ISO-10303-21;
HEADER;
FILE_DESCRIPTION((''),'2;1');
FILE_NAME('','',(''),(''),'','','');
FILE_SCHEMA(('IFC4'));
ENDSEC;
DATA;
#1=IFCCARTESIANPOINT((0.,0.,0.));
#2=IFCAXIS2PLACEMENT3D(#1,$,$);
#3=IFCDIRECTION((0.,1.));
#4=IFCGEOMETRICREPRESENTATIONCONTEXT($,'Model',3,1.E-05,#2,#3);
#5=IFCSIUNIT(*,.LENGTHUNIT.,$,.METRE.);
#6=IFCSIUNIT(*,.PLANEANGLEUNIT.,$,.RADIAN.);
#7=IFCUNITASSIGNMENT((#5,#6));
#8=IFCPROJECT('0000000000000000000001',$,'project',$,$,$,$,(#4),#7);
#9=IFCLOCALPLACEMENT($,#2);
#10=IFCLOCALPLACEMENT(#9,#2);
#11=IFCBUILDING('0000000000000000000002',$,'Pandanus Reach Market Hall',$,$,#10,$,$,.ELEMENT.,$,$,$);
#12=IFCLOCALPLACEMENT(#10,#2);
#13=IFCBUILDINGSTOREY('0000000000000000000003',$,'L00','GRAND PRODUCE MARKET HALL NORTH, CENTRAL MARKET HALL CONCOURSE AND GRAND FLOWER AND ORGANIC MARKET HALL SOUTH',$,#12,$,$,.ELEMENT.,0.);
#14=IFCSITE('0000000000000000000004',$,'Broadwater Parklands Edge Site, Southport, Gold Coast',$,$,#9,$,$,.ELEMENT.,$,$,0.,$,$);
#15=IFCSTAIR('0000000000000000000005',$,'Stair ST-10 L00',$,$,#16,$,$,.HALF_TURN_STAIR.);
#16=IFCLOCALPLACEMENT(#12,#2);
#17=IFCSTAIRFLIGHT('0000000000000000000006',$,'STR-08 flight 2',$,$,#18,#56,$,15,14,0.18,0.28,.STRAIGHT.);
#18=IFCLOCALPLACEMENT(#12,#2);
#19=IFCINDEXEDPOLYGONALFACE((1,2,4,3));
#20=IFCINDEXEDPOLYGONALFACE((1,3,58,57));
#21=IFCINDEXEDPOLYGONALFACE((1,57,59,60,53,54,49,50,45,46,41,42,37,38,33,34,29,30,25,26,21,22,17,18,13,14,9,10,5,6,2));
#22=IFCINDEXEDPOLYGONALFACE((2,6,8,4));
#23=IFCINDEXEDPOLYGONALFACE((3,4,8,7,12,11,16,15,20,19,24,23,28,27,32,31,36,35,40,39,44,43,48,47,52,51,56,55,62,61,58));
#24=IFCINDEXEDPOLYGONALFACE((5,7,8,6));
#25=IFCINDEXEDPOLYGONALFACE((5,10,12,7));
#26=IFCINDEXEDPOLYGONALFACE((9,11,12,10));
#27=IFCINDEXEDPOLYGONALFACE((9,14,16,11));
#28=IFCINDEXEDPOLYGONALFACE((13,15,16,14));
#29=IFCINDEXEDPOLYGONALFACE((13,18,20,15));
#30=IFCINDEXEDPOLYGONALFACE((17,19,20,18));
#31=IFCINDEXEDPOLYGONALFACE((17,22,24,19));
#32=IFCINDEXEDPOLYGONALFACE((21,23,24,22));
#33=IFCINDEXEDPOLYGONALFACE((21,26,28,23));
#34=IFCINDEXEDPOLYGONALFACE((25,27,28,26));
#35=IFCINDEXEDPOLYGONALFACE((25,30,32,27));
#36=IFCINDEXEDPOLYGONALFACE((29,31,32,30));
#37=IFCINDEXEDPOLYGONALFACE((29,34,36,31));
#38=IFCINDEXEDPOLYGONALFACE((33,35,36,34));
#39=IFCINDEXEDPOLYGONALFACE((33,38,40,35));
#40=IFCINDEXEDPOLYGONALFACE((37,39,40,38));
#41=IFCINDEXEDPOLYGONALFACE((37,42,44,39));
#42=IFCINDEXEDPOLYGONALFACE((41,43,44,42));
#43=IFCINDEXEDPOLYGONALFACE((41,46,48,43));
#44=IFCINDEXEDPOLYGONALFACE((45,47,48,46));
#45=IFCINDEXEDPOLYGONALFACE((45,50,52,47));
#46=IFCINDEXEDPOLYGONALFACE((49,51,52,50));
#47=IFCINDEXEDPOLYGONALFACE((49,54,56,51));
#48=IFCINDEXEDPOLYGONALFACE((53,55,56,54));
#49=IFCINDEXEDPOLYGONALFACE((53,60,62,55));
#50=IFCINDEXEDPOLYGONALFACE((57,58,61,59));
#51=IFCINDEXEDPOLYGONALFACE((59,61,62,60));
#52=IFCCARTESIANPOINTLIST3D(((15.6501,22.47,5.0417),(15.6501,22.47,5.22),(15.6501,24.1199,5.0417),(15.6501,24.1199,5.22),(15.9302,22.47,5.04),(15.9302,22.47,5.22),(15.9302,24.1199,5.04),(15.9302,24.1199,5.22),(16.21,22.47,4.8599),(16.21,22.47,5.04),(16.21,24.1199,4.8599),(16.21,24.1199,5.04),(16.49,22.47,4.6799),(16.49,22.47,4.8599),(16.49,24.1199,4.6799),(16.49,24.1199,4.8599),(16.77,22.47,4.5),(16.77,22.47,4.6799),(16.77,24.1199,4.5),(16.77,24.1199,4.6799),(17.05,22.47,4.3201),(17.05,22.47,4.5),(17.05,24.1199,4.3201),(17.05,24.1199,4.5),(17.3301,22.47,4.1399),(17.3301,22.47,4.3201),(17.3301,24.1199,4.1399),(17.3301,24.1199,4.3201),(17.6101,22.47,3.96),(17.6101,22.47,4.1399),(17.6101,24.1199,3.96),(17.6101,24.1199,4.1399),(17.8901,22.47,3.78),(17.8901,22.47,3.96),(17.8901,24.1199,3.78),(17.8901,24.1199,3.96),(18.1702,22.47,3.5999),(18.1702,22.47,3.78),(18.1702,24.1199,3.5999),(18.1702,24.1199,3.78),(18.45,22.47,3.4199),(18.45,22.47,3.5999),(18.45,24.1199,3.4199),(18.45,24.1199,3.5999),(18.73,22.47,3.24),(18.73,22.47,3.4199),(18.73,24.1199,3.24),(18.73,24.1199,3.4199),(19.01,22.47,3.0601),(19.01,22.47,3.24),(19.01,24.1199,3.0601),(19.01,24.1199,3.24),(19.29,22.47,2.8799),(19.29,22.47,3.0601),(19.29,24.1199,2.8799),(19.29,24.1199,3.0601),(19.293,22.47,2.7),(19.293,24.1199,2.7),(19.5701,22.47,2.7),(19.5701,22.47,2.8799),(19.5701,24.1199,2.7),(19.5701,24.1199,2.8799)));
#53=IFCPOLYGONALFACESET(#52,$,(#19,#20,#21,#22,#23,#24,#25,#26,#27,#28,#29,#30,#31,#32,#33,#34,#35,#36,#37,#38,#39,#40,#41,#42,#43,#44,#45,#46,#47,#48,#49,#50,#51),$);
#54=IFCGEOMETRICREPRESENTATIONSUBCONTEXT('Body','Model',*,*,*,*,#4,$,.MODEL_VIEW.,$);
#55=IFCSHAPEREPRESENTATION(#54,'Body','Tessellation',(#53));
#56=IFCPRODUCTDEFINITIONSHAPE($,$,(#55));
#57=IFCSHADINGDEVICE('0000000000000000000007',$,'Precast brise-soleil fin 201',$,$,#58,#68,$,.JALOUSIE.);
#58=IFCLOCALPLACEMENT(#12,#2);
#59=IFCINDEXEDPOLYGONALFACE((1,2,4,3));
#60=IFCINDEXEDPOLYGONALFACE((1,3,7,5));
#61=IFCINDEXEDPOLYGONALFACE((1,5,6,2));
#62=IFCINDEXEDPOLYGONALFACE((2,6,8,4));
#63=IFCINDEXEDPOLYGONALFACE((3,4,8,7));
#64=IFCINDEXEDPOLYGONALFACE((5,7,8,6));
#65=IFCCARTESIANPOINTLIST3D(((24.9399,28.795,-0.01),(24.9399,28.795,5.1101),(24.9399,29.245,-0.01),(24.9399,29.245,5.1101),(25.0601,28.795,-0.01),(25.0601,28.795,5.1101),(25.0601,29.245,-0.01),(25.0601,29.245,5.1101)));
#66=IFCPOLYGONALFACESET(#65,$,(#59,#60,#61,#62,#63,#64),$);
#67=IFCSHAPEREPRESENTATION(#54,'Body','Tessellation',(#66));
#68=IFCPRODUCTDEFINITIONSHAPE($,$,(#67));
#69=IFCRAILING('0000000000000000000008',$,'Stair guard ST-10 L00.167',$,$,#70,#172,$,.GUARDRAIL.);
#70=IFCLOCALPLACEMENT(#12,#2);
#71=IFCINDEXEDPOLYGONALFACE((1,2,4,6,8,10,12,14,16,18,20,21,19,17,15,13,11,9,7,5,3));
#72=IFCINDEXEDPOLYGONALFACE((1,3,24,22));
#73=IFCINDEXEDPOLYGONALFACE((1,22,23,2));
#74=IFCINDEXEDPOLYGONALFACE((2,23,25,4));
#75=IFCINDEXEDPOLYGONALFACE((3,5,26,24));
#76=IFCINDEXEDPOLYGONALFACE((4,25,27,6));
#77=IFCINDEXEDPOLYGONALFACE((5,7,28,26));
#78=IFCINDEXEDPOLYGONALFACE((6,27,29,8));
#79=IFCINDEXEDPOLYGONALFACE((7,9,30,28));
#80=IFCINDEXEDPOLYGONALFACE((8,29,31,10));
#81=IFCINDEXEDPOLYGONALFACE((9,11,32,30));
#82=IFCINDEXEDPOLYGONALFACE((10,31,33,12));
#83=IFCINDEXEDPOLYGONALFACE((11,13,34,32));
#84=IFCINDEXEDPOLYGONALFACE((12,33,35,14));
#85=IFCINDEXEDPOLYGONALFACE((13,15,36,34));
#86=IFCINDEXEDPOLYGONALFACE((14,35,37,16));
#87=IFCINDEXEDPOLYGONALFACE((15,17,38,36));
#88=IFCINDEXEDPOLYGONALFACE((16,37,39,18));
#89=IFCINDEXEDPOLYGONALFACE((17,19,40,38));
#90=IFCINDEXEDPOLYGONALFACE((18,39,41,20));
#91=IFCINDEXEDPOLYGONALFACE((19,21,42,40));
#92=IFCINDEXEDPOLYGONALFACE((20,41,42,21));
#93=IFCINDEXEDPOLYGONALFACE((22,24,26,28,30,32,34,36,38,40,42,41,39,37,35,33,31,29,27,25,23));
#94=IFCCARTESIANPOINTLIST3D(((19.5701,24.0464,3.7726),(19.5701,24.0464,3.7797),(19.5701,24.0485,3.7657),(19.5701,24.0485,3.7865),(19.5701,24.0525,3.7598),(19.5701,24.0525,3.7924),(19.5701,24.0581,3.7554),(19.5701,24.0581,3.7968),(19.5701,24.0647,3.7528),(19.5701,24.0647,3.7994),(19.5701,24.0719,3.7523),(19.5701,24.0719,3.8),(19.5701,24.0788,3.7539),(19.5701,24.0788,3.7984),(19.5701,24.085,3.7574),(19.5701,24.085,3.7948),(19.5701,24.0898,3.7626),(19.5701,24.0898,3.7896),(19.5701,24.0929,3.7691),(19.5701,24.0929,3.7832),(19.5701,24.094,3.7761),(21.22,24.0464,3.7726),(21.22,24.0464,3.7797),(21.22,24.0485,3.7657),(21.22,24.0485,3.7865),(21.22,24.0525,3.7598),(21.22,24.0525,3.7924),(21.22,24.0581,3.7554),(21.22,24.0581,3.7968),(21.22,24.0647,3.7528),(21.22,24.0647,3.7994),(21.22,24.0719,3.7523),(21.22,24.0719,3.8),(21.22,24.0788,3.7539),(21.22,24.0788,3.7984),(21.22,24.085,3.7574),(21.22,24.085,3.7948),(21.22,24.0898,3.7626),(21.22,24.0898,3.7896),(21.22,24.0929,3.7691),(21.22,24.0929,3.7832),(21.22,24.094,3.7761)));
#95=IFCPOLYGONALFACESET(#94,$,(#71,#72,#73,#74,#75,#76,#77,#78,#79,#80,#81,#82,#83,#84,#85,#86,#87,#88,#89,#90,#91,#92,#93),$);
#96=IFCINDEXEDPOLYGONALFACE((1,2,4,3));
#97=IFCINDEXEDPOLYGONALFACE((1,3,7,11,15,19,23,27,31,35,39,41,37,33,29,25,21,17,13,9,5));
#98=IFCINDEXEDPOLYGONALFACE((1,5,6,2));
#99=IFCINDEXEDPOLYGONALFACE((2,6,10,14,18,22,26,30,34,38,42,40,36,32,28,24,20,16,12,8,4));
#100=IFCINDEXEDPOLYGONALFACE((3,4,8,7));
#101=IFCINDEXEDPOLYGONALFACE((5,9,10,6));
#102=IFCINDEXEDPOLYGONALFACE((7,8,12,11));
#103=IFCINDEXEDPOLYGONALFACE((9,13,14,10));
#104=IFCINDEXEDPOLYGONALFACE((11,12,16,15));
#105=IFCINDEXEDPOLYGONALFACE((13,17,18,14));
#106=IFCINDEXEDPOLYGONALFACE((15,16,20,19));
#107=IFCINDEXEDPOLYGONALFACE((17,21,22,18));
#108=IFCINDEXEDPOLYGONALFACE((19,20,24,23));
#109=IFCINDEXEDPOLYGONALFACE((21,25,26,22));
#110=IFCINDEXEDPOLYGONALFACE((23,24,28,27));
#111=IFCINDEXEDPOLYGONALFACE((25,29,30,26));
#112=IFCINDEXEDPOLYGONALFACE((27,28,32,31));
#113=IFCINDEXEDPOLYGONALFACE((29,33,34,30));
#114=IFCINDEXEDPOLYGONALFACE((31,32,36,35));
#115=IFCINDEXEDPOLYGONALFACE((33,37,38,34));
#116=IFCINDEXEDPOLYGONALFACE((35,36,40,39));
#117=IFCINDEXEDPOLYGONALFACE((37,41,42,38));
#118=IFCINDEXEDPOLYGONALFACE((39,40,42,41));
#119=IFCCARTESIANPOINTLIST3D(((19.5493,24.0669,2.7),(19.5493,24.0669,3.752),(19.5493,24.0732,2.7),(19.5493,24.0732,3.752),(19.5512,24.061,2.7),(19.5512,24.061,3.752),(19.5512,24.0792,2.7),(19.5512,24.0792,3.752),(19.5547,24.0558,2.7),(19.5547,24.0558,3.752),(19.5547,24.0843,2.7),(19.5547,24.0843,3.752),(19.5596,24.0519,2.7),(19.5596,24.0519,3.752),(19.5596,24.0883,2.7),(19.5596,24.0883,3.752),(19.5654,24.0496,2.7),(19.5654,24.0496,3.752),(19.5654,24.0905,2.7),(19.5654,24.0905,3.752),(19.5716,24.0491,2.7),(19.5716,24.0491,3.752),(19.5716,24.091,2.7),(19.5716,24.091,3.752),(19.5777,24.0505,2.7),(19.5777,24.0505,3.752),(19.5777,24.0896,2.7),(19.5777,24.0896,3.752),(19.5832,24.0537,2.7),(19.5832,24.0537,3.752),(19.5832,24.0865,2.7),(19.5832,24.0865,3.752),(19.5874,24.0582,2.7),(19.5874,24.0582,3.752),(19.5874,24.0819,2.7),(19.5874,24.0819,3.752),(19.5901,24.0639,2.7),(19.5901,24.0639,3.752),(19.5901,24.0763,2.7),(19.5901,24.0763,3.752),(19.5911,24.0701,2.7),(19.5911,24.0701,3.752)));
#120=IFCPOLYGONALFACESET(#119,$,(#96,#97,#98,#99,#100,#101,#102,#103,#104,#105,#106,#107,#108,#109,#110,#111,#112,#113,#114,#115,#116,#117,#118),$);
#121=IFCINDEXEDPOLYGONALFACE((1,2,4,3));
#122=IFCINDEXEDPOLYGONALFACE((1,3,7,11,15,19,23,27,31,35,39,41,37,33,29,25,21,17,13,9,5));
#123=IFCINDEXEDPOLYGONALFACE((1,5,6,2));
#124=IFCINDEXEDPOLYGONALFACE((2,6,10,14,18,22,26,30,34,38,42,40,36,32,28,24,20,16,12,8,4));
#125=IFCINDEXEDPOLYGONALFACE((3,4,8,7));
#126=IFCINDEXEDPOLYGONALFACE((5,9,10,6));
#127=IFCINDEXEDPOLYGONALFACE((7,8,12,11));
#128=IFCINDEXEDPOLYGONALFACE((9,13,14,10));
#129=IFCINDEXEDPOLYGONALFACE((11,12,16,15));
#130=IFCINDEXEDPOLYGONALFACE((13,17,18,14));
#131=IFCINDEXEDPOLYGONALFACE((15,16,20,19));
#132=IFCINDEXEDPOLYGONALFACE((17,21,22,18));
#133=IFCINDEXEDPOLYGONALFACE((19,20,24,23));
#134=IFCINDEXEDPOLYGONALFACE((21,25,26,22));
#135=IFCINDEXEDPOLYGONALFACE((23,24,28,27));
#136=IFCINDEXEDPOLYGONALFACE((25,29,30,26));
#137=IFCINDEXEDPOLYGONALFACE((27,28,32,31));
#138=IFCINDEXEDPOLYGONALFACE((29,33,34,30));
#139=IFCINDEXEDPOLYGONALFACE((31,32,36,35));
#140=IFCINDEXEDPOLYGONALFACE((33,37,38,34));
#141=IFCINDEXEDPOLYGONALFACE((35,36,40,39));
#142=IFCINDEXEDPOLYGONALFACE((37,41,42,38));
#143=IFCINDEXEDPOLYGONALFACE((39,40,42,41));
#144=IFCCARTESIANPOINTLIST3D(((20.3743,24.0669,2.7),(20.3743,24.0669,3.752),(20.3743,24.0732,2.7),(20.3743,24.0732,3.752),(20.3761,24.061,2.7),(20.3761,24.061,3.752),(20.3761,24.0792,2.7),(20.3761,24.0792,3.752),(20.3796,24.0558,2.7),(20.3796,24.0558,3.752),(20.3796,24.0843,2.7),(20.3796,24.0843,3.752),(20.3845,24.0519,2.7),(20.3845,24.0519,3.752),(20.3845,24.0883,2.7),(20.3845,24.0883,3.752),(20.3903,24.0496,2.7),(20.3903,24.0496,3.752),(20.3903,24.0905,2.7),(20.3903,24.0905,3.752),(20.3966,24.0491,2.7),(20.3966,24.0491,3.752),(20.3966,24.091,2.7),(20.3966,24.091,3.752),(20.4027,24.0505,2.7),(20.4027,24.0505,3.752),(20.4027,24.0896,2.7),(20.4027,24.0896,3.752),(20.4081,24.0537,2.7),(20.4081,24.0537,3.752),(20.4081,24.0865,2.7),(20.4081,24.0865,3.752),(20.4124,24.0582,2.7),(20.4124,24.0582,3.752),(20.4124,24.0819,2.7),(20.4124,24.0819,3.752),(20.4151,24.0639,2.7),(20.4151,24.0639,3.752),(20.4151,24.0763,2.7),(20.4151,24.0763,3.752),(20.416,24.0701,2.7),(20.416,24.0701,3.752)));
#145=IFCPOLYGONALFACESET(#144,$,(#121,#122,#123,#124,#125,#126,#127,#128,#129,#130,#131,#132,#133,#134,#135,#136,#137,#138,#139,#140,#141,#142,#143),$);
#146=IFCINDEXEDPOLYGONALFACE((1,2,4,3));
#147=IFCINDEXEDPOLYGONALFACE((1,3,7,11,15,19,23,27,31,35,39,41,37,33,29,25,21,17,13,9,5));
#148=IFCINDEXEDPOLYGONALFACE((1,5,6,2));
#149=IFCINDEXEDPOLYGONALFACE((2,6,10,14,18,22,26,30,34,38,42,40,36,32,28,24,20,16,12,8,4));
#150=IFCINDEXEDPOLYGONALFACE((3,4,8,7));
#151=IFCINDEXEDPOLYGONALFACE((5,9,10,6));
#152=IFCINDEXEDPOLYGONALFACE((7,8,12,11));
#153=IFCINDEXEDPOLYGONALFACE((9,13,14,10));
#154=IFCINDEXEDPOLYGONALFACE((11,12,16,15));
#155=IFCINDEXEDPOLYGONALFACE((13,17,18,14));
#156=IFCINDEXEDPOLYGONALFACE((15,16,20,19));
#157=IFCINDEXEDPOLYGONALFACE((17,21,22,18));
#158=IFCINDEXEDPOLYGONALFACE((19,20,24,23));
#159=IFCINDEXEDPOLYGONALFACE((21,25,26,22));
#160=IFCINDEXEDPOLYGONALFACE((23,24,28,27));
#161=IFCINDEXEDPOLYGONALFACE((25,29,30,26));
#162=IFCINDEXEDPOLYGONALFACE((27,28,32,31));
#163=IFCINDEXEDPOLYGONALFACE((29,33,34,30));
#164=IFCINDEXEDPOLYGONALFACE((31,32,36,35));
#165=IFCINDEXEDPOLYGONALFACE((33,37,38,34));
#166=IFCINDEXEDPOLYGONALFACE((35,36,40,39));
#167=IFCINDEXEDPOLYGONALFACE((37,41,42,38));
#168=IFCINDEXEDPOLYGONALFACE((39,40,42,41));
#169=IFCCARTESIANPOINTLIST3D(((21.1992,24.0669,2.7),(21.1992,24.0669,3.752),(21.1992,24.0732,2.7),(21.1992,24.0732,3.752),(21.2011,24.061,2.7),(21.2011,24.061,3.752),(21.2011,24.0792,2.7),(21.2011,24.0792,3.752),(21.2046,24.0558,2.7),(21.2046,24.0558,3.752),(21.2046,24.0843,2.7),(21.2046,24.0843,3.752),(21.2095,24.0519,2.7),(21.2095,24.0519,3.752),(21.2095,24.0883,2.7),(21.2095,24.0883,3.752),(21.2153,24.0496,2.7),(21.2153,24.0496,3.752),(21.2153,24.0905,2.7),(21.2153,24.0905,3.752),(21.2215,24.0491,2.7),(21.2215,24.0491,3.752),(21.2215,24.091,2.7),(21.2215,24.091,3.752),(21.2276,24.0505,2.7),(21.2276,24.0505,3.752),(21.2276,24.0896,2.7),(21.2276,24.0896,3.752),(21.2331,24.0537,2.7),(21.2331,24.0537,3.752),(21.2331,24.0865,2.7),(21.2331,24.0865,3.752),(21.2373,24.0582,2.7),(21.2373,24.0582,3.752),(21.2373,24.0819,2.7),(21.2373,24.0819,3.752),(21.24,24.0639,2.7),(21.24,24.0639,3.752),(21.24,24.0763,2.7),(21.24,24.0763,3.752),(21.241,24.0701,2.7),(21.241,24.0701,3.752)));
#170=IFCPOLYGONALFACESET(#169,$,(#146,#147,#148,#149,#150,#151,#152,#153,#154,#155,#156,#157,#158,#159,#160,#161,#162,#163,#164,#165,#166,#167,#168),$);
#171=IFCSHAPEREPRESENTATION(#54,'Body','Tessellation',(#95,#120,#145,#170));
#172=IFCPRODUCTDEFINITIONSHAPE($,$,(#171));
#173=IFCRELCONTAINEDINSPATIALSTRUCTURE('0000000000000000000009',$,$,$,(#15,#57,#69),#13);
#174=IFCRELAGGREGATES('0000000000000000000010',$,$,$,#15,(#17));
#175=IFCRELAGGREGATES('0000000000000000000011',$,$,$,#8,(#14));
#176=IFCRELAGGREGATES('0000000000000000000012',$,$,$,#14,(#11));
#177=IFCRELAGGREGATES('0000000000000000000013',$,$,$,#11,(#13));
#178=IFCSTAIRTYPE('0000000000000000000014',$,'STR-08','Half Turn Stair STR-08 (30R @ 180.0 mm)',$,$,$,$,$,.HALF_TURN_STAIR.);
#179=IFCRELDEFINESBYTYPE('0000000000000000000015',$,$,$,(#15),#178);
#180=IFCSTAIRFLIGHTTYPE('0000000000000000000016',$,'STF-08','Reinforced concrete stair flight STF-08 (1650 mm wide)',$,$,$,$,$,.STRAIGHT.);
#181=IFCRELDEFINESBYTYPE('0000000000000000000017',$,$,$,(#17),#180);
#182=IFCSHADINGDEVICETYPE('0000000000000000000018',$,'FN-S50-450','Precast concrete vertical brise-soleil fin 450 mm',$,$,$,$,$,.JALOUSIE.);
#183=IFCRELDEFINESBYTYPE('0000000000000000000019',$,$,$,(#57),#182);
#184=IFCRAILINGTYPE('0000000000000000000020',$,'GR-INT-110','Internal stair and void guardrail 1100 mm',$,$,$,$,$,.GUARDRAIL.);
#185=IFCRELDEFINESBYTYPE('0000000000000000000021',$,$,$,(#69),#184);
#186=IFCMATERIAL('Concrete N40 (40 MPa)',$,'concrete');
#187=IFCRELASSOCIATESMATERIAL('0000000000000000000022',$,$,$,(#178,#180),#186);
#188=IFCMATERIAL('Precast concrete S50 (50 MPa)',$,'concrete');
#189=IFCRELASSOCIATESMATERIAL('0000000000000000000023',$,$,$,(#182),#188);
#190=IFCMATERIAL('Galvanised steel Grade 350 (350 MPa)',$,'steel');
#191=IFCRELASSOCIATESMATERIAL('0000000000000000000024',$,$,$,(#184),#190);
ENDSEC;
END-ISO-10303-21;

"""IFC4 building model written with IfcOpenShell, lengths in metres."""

from ifc_helpers import new_model, si_unit, direction, frame, origin, origin_2d, place, context, subcontext, project, spatial, polyline, rectangle, circle, outline, extrude, material, type_object, element, aggregate, save


model = new_model("IFC4")

# Units and contexts
model_context = context("Model", 3, precision=1e-05, world=origin(), true_north=direction((0.0, 1.0)))
body_context = subcontext(model_context, "Body", "Model", "MODEL_VIEW")
ifc_project = project(units=[si_unit("LENGTHUNIT", "METRE"), si_unit("PLANEANGLEUNIT", "RADIAN")], contexts=[model_context])

# Site, building, storey
site_placement = place(None, origin())
site = spatial("IfcSite", under=ifc_project, at=site_placement, Name="Broadwater Parklands Edge Site, Southport, Gold Coast", CompositionType="ELEMENT", RefElevation=0.0)
building_placement = place(site_placement, origin())
building = spatial("IfcBuilding", under=site, at=building_placement, Name="Pandanus Reach Market Hall", CompositionType="ELEMENT")
storey_placement = place(building_placement, origin())
storey = spatial("IfcBuildingStorey", under=building, at=storey_placement, Name="L00", Description="GRAND PRODUCE MARKET HALL NORTH, CENTRAL MARKET HALL CONCOURSE AND GRAND FLOWER AND ORGANIC MARKET HALL SOUTH", CompositionType="ELEMENT", Elevation=0.0)

# Shared definitions
ifc_material_1 = material(Name="Concrete N40 (40 MPa)", Category="concrete")

# Shared definitions
ifc_material_2 = material(Name="Precast concrete S50 (50 MPa)", Category="concrete")

# Stair, stair flight
stair_type = type_object("IfcStairType", Name="STR-08", Description="Half Turn Stair STR-08 (30R @ 180.0 mm)", PredefinedType="HALF_TURN_STAIR", material=ifc_material_1)
stair_placement = place(storey_placement, origin())
stair = element("IfcStair", 1, at=stair_placement, inside=storey, type_object=stair_type, Name="Stair ST-10 L00", PredefinedType="HALF_TURN_STAIR")
stair_flight_type = type_object("IfcStairFlightType", Name="STF-08", Description="Reinforced concrete stair flight STF-08 (1650 mm wide)", PredefinedType="STRAIGHT", material=ifc_material_1)
stair_flight_placement = place(storey_placement, frame((19.5701, 23.2949, 2.7), z_axis=(0.0, 0.0, 1.0), x_axis=(-1.0, 0.0, 0.0)))
stair_flight = element("IfcStairFlight", 2, at=stair_flight_placement, type_object=stair_flight_type, Name="STR-08 flight 2", NumberOfRisers=15, NumberOfTreads=14, PredefinedType="STRAIGHT", RiserHeight=0.18, TreadLength=0.28, context=body_context, shape_type="SweptSolid", body=[
    extrude(outline(polyline([(0.0, 0.0), (0.0, 0.1799), (0.28, 0.1799), (0.28, 0.3601), (0.5601, 0.3601), (0.5601, 0.54), (0.8401, 0.54), (0.8401, 0.72), (1.1201, 0.72), (1.1201, 0.8999), (1.3999, 0.8999), (1.3999, 1.0801), (1.6799, 1.0801), (1.6799, 1.26), (1.96, 1.26), (1.96, 1.4399), (2.24, 1.4399), (2.24, 1.6201), (2.52, 1.6201), (2.52, 1.8), (2.8, 1.8), (2.8, 1.98), (3.0801, 1.98), (3.0801, 2.1599), (3.3601, 2.1599), (3.3601, 2.3401), (3.6399, 2.3401), (3.6399, 2.52), (3.9199, 2.52), (3.9199, 2.7), (3.9199, 2.3418), (0.2771, 0.0), (0.0, 0.0)])), frame((0.0, 0.825, 0.0), z_axis=(0.0, -1.0, 0.0), x_axis=(1.0, 0.0, 0.0)), (0.0, 0.0, 1.0), 1.6499),
])
aggregate(stair, [stair_flight])

# Shading device
shading_device_type = type_object("IfcShadingDeviceType", Name="FN-S50-450", Description="Precast concrete vertical brise-soleil fin 450 mm", PredefinedType="JALOUSIE", material=ifc_material_2)
shading_device_placement = place(storey_placement, frame((25.0, 29.02, -0.01), z_axis=(0.0, 0.0, 1.0), x_axis=(0.0, 1.0, 0.0)))
element("IfcShadingDevice", 3, at=shading_device_placement, inside=storey, type_object=shading_device_type, Name="Precast brise-soleil fin 201", PredefinedType="JALOUSIE", context=body_context, shape_type="SweptSolid", body=[
    extrude(rectangle(XDim=0.45, YDim=0.1201, at=origin_2d()), origin(), (0.0, 0.0, 1.0), 5.1201),
])

# Railing
ifc_material_3 = material(Name="Galvanised steel Grade 350 (350 MPa)", Category="steel")
railing_type_1 = type_object("IfcRailingType", Name="GR-INT-110", Description="Internal stair and void guardrail 1100 mm", PredefinedType="GUARDRAIL", material=ifc_material_3)
railing_1_placement = place(storey_placement, frame((19.5701, 24.0701, 2.7)))
element("IfcRailing", 4, at=railing_1_placement, inside=storey, type_object=railing_type_1, Name="Stair guard ST-10 L00.167", PredefinedType="GUARDRAIL", context=body_context, shape_type="SweptSolid", body=[
    extrude(circle(Radius=0.0239, at=origin_2d()), frame((0.0, 0.0, 1.0762), z_axis=(1.0, 0.0, 0.0), x_axis=(0.0, 1.0, 0.0)), (0.0, 0.0, 1.0), 1.6499),
    extrude(circle(Radius=0.021, at=origin_2d()), origin(), (0.0, 0.0, 1.0), 1.052),
    extrude(circle(Radius=0.021, at=origin_2d()), frame((0.825, 0.0, 0.0)), (0.0, 0.0, 1.0), 1.052),
    extrude(circle(Radius=0.021, at=origin_2d()), frame((1.6499, 0.0, 0.0)), (0.0, 0.0, 1.0), 1.052),
])

save(model, "model.ifc")
